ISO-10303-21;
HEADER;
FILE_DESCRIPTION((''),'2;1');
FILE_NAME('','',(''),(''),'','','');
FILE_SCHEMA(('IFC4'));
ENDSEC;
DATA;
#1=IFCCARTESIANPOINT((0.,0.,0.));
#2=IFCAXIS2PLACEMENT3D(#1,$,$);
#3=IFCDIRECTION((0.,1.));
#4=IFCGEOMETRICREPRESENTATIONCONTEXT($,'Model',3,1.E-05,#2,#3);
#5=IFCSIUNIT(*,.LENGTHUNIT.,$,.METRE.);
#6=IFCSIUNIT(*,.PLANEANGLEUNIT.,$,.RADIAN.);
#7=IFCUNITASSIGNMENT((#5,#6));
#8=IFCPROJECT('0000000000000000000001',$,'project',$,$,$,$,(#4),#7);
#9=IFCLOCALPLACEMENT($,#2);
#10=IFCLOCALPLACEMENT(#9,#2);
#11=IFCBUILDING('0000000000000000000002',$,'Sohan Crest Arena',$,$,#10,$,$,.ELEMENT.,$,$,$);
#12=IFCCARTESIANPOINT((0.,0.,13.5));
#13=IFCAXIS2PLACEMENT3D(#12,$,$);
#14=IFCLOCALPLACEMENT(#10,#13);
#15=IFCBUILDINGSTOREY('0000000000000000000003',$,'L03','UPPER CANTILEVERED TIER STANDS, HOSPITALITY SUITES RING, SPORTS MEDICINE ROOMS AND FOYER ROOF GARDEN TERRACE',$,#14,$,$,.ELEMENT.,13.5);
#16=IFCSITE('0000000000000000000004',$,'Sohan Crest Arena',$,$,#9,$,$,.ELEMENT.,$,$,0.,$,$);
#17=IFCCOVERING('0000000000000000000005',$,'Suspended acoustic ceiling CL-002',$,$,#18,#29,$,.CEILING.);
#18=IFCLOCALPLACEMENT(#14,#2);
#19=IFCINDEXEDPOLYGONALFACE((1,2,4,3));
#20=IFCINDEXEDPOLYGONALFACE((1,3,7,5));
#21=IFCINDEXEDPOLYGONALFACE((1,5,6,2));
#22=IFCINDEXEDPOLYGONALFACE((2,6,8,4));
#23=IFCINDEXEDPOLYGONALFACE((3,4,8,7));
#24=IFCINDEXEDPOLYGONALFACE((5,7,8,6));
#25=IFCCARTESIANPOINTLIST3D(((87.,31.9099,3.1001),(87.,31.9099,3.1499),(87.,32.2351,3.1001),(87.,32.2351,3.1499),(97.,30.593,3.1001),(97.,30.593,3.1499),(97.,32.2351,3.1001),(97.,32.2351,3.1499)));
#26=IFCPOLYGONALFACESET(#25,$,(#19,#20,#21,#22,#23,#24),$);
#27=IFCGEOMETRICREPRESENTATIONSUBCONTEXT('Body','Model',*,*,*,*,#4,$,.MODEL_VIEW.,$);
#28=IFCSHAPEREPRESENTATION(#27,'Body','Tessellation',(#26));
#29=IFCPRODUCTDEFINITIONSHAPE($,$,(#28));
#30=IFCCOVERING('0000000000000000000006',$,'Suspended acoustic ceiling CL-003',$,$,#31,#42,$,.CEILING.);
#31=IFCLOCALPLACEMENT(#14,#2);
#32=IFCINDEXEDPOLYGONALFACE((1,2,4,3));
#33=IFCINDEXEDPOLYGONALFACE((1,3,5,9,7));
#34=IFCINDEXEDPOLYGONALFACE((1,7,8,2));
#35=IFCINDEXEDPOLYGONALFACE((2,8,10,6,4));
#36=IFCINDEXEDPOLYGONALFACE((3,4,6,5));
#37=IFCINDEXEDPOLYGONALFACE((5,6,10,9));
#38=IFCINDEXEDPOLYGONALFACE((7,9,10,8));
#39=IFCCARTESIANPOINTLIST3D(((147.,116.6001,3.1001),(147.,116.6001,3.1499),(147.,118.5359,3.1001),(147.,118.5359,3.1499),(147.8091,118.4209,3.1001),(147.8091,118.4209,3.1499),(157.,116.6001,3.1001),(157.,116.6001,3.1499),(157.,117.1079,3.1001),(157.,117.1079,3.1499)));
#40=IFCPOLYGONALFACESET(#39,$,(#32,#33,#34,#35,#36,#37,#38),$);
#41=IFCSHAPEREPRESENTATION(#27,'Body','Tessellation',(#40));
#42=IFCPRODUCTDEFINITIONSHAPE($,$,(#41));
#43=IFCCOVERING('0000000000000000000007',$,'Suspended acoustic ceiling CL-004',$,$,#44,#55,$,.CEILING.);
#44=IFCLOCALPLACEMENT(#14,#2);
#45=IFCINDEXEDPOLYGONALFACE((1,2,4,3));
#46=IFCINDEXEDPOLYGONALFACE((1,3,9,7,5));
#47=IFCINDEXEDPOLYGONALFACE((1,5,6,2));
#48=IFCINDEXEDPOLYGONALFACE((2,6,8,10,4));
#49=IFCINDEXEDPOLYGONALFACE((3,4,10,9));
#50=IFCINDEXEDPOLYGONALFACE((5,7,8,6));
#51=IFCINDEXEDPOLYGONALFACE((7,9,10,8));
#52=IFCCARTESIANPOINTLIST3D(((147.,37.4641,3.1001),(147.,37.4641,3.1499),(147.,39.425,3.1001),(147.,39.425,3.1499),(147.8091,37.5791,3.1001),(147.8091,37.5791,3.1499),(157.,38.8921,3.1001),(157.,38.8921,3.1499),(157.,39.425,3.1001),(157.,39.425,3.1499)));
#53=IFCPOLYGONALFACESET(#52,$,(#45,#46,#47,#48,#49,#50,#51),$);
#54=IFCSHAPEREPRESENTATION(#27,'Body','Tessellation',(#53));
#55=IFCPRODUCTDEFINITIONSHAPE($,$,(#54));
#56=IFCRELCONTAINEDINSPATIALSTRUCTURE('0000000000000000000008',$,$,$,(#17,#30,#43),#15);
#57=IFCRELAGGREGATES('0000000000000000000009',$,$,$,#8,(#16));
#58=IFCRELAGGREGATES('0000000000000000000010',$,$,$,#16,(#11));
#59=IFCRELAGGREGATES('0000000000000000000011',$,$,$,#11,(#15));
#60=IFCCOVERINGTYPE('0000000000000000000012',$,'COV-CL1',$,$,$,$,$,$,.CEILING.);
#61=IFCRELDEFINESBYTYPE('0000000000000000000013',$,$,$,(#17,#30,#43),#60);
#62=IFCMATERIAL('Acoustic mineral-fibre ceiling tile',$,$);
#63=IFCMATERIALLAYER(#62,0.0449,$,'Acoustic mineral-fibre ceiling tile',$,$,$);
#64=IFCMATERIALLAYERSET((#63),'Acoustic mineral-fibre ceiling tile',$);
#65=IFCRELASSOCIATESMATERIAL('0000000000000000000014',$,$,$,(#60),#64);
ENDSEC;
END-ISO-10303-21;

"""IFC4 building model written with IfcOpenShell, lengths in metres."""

from ifc_helpers import new_model, si_unit, direction, frame, origin, place, context, subcontext, project, spatial, polyline, outline, extrude, material, layer, layer_set, type_object, element, save


model = new_model("IFC4")

# Units and contexts
model_context = context("Model", 3, precision=1e-05, world=origin(), true_north=direction((0.0, 1.0)))
body_context = subcontext(model_context, "Body", "Model", "MODEL_VIEW")
ifc_project = project(units=[si_unit("LENGTHUNIT", "METRE"), si_unit("PLANEANGLEUNIT", "RADIAN")], contexts=[model_context])

# Site, building, storey
site_placement = place(None, origin())
site = spatial("IfcSite", under=ifc_project, at=site_placement, Name="Sohan Crest Arena", CompositionType="ELEMENT", RefElevation=0.0)
building_placement = place(site_placement, origin())
building = spatial("IfcBuilding", under=site, at=building_placement, Name="Sohan Crest Arena", CompositionType="ELEMENT")
storey_placement = place(building_placement, frame((0.0, 0.0, 13.5)))
storey = spatial("IfcBuildingStorey", under=building, at=storey_placement, Name="L03", Description="UPPER CANTILEVERED TIER STANDS, HOSPITALITY SUITES RING, SPORTS MEDICINE ROOMS AND FOYER ROOF GARDEN TERRACE", CompositionType="ELEMENT", Elevation=13.5)

# Coverings
ifc_material_1 = material(Name="Acoustic mineral-fibre ceiling tile")
ifc_layer_1 = layer(ifc_material_1, 0.0449, Name="Acoustic mineral-fibre ceiling tile")
ifc_layer_set_1 = layer_set([ifc_layer_1], Name="Acoustic mineral-fibre ceiling tile")
covering_type = type_object("IfcCoveringType", Name="COV-CL1", PredefinedType="CEILING", material=ifc_layer_set_1)
covering_1_placement = place(storey_placement, frame((0.0, 0.0, 3.1001)))
element("IfcCovering", 1, at=covering_1_placement, inside=storey, type_object=covering_type, Name="Suspended acoustic ceiling CL-002", PredefinedType="CEILING", context=body_context, shape_type="SweptSolid", body=[
    extrude(outline(polyline([(87.0, 31.9099), (87.0, 32.2351), (97.0, 32.2351), (97.0, 30.593), (87.0, 31.9099)])), origin(), (0.0, 0.0, 1.0), 0.0498),
])
covering_2_placement = place(storey_placement, frame((0.0, 0.0, 3.1001)))
element("IfcCovering", 2, at=covering_2_placement, inside=storey, type_object=covering_type, Name="Suspended acoustic ceiling CL-003", PredefinedType="CEILING", context=body_context, shape_type="SweptSolid", body=[
    extrude(outline(polyline([(147.8091, 118.4209), (157.0, 117.1079), (157.0, 116.6001), (147.0, 116.6001), (147.0, 118.5359), (147.8091, 118.4209)])), origin(), (0.0, 0.0, 1.0), 0.0498),
])
covering_3_placement = place(storey_placement, frame((0.0, 0.0, 3.1001)))
element("IfcCovering", 3, at=covering_3_placement, inside=storey, type_object=covering_type, Name="Suspended acoustic ceiling CL-004", PredefinedType="CEILING", context=body_context, shape_type="SweptSolid", body=[
    extrude(outline(polyline([(147.8091, 37.5791), (147.0, 37.4641), (147.0, 39.425), (157.0, 39.425), (157.0, 38.8921), (147.8091, 37.5791)])), origin(), (0.0, 0.0, 1.0), 0.0498),
])

save(model, "model.ifc")
